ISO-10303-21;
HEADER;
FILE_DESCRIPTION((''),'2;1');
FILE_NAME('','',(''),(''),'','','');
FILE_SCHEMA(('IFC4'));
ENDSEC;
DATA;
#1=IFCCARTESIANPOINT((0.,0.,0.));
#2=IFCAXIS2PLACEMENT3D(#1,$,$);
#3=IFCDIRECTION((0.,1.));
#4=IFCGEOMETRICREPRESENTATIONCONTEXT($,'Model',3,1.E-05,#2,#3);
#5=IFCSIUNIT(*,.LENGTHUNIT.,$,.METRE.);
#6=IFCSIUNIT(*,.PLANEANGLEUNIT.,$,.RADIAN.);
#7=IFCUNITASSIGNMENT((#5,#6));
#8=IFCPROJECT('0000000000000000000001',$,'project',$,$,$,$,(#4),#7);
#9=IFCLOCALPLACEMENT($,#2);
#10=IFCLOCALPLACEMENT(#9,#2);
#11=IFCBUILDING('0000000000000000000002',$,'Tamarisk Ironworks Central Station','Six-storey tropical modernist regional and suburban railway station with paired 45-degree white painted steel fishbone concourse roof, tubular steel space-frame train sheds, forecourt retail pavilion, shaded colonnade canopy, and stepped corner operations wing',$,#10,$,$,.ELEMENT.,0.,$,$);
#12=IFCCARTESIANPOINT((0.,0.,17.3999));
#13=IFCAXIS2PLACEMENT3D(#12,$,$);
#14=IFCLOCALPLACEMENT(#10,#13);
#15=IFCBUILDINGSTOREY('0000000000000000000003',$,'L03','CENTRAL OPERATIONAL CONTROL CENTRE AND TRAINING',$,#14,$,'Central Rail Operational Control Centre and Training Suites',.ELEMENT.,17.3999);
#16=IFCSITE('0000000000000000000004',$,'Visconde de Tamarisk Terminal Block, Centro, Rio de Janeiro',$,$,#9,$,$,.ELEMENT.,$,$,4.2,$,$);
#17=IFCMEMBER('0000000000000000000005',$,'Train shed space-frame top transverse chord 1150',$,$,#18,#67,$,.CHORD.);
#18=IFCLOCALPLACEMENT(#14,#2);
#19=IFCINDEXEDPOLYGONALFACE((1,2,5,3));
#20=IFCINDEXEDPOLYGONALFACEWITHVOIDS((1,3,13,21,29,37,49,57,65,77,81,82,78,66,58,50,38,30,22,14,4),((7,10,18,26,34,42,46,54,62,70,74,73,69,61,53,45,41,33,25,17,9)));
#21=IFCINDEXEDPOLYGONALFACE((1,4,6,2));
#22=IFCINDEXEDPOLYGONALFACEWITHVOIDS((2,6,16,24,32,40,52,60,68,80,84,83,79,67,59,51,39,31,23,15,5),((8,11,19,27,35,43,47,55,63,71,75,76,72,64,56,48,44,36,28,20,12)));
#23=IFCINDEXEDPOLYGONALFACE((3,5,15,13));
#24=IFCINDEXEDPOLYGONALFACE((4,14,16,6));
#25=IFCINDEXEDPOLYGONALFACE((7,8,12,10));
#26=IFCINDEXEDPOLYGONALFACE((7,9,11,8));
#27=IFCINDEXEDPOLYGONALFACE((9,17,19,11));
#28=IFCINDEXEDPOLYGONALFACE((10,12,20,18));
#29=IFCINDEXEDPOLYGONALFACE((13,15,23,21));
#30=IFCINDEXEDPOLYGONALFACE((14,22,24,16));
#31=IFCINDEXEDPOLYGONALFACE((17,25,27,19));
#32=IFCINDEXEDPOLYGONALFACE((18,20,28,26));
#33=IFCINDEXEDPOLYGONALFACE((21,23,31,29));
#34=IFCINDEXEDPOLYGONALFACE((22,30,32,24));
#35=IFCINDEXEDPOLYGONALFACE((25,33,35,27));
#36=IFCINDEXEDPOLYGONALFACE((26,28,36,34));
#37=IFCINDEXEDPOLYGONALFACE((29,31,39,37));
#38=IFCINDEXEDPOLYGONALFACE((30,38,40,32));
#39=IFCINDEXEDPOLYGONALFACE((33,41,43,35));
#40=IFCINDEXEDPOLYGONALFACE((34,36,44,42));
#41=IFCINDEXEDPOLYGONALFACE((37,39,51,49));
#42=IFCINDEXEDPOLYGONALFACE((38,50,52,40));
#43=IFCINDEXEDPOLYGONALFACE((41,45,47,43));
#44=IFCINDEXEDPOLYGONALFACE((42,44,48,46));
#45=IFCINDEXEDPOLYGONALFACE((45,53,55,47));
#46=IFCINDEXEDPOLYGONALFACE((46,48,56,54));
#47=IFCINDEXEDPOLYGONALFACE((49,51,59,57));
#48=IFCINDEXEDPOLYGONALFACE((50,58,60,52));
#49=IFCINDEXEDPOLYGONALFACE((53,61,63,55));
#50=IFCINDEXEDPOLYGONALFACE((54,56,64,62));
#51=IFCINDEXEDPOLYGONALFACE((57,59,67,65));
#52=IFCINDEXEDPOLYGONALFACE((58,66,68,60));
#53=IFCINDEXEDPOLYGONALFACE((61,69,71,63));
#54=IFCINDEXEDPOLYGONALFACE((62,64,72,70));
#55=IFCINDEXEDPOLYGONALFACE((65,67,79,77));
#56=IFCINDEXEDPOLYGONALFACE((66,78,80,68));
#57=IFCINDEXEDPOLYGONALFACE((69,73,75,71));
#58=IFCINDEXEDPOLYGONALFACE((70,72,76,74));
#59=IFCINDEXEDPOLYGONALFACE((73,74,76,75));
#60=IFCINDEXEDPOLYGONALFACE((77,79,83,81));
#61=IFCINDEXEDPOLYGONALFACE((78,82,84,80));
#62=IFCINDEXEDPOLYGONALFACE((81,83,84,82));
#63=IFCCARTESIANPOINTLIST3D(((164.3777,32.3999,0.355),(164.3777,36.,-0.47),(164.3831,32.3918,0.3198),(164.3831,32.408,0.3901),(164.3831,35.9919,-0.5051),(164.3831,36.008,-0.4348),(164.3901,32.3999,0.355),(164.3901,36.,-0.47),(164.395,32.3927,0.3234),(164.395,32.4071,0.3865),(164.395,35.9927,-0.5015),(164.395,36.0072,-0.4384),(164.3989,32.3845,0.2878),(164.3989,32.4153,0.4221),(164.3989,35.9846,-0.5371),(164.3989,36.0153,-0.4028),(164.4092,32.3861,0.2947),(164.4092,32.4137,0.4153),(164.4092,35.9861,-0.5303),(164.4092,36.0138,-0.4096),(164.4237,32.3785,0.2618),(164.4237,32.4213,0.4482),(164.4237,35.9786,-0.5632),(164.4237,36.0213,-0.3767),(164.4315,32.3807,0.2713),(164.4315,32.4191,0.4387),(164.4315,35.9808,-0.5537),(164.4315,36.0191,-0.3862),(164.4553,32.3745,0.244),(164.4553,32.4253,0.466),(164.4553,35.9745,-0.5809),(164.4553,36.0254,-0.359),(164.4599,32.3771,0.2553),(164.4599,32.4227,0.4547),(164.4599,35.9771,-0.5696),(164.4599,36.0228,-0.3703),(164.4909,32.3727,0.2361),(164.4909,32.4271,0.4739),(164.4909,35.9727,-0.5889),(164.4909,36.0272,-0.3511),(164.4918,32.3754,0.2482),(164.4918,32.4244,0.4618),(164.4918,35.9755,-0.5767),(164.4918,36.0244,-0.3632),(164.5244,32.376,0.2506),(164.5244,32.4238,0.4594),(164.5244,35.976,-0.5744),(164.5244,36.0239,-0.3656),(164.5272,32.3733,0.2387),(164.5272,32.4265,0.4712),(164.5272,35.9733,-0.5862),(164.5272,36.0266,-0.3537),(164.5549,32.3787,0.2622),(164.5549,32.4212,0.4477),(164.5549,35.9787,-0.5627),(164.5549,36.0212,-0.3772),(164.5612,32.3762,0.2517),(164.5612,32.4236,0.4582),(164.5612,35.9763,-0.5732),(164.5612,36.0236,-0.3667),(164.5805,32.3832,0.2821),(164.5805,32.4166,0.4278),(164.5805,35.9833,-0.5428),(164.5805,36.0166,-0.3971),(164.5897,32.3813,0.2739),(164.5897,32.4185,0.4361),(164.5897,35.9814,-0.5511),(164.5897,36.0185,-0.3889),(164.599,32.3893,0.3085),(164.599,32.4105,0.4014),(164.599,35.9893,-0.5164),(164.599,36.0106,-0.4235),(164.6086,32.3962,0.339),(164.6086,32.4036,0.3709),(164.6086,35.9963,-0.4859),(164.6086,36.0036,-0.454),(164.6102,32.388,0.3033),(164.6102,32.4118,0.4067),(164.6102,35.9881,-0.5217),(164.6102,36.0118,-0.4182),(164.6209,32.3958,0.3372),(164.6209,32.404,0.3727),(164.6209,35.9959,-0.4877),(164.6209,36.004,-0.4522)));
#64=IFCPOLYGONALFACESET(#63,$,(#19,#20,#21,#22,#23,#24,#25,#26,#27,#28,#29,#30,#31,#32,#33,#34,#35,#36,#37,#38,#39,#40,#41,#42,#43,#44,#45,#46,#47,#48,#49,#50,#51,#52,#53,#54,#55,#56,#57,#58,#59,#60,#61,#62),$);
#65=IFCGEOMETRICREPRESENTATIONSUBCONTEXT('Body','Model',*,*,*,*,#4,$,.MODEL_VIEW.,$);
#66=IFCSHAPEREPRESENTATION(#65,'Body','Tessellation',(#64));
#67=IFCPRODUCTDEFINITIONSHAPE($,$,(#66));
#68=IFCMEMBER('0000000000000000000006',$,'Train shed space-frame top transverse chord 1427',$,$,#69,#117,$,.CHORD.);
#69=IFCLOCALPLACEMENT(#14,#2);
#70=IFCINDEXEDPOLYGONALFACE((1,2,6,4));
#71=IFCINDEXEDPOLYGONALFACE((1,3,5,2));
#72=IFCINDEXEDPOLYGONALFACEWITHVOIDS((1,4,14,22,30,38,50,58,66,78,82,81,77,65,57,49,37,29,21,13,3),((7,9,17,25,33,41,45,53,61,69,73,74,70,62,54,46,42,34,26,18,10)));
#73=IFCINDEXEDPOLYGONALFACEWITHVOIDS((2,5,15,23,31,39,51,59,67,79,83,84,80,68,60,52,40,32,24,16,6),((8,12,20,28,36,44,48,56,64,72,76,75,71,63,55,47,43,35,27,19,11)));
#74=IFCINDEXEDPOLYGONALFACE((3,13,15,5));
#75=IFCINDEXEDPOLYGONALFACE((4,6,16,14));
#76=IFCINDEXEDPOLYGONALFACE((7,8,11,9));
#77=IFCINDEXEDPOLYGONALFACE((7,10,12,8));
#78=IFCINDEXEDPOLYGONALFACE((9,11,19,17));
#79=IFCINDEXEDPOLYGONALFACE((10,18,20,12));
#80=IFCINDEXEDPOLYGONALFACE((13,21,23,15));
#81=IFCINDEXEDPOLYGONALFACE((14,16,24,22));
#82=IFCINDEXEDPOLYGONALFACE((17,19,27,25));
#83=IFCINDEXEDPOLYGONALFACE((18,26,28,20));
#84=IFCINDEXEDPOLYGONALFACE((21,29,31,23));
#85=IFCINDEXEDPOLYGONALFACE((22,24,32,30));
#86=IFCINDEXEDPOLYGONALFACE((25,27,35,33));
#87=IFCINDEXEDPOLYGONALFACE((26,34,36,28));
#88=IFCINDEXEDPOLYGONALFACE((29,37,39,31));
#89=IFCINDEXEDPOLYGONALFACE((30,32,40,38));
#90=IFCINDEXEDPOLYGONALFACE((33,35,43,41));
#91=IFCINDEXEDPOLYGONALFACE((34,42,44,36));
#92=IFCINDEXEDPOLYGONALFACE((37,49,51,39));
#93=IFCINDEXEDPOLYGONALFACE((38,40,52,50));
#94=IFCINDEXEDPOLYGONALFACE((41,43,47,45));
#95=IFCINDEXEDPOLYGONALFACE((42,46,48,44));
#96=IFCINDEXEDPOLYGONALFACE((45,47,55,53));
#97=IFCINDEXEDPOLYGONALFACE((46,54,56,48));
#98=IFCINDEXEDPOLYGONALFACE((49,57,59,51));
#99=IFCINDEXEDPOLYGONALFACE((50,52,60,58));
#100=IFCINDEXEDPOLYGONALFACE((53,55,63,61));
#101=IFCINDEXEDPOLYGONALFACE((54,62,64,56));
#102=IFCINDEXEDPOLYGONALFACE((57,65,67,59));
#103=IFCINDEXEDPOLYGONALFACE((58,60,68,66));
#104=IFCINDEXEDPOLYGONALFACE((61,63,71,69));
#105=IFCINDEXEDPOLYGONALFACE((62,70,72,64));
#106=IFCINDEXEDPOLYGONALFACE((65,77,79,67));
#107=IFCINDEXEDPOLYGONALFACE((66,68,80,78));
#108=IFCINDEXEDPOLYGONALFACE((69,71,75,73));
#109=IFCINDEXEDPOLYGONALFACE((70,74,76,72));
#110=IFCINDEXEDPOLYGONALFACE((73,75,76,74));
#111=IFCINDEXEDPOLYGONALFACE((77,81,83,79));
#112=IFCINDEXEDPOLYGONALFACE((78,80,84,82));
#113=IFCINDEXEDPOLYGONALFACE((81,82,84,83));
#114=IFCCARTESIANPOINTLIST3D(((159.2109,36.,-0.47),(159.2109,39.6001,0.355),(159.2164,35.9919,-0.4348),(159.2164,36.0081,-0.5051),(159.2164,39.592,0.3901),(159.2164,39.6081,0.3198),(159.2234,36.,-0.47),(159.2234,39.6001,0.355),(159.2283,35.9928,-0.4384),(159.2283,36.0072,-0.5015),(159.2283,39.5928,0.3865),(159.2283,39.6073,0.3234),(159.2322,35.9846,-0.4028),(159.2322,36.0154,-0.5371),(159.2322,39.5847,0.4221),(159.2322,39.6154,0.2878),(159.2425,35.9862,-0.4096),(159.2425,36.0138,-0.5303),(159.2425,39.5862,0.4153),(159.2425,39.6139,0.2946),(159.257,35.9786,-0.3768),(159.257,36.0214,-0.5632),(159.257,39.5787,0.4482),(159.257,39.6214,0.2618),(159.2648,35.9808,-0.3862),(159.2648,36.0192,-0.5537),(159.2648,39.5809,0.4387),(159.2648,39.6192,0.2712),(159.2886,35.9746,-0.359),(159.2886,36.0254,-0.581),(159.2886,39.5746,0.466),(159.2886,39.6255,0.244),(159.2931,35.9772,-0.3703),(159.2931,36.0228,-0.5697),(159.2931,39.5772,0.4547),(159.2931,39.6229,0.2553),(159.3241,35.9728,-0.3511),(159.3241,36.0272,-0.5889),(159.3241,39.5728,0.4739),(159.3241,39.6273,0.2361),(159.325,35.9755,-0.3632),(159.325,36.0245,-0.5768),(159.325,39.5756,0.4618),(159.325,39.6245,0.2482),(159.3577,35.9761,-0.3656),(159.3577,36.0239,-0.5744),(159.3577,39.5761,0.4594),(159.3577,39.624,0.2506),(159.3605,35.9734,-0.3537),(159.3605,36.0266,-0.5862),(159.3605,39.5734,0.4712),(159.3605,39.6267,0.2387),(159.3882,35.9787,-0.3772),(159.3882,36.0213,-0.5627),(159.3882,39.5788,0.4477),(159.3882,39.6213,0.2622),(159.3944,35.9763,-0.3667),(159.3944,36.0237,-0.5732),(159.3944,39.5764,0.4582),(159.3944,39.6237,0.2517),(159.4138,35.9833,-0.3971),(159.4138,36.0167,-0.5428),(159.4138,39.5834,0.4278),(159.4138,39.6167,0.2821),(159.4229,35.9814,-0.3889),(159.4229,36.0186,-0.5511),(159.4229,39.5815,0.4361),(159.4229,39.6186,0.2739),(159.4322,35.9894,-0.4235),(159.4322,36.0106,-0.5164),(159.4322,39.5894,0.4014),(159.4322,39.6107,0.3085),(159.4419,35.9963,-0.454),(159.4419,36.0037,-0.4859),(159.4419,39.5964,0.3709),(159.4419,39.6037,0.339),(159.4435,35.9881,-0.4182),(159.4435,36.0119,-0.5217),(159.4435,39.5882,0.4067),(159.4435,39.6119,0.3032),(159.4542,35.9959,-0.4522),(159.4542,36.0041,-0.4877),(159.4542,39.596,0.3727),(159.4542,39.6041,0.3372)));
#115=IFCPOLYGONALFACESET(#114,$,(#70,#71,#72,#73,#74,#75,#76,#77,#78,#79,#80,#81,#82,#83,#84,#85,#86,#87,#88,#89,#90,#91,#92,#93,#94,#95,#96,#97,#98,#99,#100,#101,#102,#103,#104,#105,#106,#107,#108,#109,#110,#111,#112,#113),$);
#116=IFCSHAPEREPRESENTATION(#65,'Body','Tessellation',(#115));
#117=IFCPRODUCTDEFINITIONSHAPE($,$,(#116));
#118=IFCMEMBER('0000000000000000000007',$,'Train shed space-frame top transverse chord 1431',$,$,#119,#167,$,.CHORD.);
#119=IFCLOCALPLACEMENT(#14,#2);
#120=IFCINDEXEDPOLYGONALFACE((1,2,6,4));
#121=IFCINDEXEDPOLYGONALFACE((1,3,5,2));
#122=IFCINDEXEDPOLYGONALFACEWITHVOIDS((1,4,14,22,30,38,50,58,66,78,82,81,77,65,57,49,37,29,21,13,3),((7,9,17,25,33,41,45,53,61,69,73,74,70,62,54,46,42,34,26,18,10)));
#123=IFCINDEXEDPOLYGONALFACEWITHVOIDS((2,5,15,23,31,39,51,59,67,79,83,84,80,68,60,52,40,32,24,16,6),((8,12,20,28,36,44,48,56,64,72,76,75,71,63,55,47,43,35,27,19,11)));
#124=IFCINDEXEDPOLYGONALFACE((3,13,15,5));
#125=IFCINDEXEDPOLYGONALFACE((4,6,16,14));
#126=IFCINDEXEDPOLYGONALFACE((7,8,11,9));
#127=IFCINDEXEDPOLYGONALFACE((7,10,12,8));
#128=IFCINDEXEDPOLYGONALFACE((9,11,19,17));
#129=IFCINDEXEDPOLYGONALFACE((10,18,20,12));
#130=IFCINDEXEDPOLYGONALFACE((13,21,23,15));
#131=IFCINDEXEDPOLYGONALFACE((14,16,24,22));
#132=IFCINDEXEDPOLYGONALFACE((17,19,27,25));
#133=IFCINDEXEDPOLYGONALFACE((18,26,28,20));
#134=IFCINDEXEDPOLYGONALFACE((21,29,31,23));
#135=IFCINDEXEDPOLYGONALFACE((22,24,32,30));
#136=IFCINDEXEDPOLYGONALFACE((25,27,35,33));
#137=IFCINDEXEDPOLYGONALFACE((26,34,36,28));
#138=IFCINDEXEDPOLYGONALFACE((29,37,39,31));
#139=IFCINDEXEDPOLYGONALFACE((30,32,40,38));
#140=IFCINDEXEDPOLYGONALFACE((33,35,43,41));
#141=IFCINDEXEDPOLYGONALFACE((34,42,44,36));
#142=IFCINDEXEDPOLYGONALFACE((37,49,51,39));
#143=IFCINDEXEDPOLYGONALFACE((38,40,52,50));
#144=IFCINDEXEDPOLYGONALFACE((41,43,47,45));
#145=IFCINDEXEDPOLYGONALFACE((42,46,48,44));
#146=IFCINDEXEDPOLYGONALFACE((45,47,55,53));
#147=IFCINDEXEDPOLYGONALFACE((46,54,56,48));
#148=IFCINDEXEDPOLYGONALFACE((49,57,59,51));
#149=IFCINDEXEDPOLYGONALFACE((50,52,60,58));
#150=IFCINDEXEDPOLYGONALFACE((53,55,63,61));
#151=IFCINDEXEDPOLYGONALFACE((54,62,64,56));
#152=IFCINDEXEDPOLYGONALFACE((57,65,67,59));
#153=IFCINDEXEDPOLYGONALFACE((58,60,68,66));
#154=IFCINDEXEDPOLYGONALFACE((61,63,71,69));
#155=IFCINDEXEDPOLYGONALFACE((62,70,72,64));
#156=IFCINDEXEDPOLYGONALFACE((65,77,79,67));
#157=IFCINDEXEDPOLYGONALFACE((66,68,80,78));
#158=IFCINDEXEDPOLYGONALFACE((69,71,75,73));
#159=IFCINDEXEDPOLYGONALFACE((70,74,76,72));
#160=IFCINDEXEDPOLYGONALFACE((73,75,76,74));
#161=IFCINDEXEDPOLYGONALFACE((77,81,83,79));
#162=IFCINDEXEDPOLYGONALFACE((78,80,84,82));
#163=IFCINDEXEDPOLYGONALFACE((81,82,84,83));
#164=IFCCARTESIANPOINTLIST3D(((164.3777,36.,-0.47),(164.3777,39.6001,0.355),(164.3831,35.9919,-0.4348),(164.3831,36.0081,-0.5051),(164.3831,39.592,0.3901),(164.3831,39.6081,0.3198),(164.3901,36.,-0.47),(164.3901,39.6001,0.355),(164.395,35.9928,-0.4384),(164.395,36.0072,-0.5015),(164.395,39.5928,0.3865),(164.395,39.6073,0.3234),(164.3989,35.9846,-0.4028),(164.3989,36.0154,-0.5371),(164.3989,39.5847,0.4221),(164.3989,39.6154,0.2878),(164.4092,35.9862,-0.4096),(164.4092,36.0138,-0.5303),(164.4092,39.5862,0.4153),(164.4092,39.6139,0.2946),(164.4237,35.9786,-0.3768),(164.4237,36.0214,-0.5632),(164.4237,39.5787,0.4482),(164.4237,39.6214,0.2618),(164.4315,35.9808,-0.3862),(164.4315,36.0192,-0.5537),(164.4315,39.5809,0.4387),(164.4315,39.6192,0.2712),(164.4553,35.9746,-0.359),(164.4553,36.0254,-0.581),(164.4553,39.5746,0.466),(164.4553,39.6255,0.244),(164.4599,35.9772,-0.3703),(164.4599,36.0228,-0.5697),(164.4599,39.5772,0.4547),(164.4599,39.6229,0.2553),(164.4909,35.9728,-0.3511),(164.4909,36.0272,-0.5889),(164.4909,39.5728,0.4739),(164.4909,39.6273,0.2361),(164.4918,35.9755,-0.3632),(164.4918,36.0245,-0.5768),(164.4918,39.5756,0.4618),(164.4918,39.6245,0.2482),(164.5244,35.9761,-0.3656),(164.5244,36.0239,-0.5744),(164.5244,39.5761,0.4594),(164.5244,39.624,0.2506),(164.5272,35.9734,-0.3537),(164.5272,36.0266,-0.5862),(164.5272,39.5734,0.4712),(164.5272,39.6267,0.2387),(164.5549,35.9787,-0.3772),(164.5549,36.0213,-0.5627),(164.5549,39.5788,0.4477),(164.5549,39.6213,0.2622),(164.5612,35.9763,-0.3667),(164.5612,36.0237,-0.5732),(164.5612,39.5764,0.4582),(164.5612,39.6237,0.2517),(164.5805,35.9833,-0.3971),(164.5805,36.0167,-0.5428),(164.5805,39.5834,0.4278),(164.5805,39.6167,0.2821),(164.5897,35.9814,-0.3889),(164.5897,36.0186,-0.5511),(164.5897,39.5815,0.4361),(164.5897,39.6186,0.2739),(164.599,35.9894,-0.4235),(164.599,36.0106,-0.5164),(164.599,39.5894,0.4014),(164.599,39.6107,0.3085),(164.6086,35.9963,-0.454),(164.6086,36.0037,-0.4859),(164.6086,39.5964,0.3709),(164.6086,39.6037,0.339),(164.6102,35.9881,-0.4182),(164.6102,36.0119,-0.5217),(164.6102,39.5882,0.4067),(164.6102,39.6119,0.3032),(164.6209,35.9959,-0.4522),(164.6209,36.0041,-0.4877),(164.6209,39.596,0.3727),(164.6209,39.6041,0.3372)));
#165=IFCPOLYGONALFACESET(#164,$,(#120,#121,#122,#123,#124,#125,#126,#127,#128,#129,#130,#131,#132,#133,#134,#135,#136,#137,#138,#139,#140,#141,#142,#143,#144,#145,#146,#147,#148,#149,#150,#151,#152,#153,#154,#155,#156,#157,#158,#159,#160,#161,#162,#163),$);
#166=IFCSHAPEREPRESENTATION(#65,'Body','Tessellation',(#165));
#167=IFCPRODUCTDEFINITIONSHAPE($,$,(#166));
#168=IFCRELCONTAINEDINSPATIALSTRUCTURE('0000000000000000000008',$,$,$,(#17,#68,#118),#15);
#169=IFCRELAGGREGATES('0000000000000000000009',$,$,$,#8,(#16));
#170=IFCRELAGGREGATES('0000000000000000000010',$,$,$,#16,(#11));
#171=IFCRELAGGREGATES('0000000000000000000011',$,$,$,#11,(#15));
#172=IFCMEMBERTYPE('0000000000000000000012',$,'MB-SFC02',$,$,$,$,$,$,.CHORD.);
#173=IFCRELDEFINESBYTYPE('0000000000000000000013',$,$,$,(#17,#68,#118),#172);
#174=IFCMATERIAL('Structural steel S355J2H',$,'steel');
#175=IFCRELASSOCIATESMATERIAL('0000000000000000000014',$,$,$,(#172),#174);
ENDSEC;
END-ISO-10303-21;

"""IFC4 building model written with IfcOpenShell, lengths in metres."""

from ifc_helpers import new_model, si_unit, direction, frame, origin, origin_2d, place, context, subcontext, project, spatial, hollow_circle, extrude, material, material_profile, profile_set, type_object, element, save


model = new_model("IFC4")

# Units and contexts
model_context = context("Model", 3, precision=1e-05, world=origin(), true_north=direction((0.0, 1.0)))
body_context = subcontext(model_context, "Body", "Model", "MODEL_VIEW")
ifc_project = project(units=[si_unit("LENGTHUNIT", "METRE"), si_unit("PLANEANGLEUNIT", "RADIAN")], contexts=[model_context])

# Site, building, storey
site_placement = place(None, origin())
site = spatial("IfcSite", under=ifc_project, at=site_placement, Name="Visconde de Tamarisk Terminal Block, Centro, Rio de Janeiro", CompositionType="ELEMENT", RefElevation=4.2)
building_placement = place(site_placement, origin())
building = spatial("IfcBuilding", under=site, at=building_placement, Name="Tamarisk Ironworks Central Station", Description="Six-storey tropical modernist regional and suburban railway station with paired 45-degree white painted steel fishbone concourse roof, tubular steel space-frame train sheds, forecourt retail pavilion, shaded colonnade canopy, and stepped corner operations wing", CompositionType="ELEMENT", ElevationOfRefHeight=0.0)
storey_placement = place(building_placement, frame((0.0, 0.0, 17.3999)))
storey = spatial("IfcBuildingStorey", under=building, at=storey_placement, Name="L03", Description="CENTRAL OPERATIONAL CONTROL CENTRE AND TRAINING", LongName="Central Rail Operational Control Centre and Training Suites", CompositionType="ELEMENT", Elevation=17.3999)

# Members
ifc_material_1 = material(Name="Structural steel S355J2H", Category="steel")
ifc_material_profile_1 = material_profile(ifc_material_1, hollow_circle(Radius=0.1223, WallThickness=0.0125, at=origin_2d()), Name="CHS 244.5x12.5")
ifc_profile_set_1 = profile_set([ifc_material_profile_1], Name="Structural steel S355J2H")
member_type_1 = type_object("IfcMemberType", Name="MB-SFC02", PredefinedType="CHORD", material=ifc_profile_set_1)
for number, where, z_axis, x_axis, name in (
    (1, (164.5, 32.3999, 0.355), (0.0, 0.974737, -0.223358), (-1.0, 0.0, 0.0), "Train shed space-frame top transverse chord 1150"),
    (2, (159.3333, 36.0, -0.47), (0.0, 0.974737, 0.223358), (-1.0, 0.0, 0.0), "Train shed space-frame top transverse chord 1427"),
    (3, (164.5, 36.0, -0.47), (0.0, 0.974737, 0.223358), (-1.0, 0.0, 0.0), "Train shed space-frame top transverse chord 1431"),
):
    element("IfcMember", number, at=place(storey_placement, frame(where, z_axis=z_axis, x_axis=x_axis)), inside=storey, type_object=member_type_1, Name=name, PredefinedType="CHORD", context=body_context, shape_type="SweptSolid", body=[
        extrude(hollow_circle(Radius=0.1223, WallThickness=0.0125, at=origin_2d()), origin(), (0.0, 0.0, 1.0), 3.6934),
    ])

save(model, "model.ifc")
